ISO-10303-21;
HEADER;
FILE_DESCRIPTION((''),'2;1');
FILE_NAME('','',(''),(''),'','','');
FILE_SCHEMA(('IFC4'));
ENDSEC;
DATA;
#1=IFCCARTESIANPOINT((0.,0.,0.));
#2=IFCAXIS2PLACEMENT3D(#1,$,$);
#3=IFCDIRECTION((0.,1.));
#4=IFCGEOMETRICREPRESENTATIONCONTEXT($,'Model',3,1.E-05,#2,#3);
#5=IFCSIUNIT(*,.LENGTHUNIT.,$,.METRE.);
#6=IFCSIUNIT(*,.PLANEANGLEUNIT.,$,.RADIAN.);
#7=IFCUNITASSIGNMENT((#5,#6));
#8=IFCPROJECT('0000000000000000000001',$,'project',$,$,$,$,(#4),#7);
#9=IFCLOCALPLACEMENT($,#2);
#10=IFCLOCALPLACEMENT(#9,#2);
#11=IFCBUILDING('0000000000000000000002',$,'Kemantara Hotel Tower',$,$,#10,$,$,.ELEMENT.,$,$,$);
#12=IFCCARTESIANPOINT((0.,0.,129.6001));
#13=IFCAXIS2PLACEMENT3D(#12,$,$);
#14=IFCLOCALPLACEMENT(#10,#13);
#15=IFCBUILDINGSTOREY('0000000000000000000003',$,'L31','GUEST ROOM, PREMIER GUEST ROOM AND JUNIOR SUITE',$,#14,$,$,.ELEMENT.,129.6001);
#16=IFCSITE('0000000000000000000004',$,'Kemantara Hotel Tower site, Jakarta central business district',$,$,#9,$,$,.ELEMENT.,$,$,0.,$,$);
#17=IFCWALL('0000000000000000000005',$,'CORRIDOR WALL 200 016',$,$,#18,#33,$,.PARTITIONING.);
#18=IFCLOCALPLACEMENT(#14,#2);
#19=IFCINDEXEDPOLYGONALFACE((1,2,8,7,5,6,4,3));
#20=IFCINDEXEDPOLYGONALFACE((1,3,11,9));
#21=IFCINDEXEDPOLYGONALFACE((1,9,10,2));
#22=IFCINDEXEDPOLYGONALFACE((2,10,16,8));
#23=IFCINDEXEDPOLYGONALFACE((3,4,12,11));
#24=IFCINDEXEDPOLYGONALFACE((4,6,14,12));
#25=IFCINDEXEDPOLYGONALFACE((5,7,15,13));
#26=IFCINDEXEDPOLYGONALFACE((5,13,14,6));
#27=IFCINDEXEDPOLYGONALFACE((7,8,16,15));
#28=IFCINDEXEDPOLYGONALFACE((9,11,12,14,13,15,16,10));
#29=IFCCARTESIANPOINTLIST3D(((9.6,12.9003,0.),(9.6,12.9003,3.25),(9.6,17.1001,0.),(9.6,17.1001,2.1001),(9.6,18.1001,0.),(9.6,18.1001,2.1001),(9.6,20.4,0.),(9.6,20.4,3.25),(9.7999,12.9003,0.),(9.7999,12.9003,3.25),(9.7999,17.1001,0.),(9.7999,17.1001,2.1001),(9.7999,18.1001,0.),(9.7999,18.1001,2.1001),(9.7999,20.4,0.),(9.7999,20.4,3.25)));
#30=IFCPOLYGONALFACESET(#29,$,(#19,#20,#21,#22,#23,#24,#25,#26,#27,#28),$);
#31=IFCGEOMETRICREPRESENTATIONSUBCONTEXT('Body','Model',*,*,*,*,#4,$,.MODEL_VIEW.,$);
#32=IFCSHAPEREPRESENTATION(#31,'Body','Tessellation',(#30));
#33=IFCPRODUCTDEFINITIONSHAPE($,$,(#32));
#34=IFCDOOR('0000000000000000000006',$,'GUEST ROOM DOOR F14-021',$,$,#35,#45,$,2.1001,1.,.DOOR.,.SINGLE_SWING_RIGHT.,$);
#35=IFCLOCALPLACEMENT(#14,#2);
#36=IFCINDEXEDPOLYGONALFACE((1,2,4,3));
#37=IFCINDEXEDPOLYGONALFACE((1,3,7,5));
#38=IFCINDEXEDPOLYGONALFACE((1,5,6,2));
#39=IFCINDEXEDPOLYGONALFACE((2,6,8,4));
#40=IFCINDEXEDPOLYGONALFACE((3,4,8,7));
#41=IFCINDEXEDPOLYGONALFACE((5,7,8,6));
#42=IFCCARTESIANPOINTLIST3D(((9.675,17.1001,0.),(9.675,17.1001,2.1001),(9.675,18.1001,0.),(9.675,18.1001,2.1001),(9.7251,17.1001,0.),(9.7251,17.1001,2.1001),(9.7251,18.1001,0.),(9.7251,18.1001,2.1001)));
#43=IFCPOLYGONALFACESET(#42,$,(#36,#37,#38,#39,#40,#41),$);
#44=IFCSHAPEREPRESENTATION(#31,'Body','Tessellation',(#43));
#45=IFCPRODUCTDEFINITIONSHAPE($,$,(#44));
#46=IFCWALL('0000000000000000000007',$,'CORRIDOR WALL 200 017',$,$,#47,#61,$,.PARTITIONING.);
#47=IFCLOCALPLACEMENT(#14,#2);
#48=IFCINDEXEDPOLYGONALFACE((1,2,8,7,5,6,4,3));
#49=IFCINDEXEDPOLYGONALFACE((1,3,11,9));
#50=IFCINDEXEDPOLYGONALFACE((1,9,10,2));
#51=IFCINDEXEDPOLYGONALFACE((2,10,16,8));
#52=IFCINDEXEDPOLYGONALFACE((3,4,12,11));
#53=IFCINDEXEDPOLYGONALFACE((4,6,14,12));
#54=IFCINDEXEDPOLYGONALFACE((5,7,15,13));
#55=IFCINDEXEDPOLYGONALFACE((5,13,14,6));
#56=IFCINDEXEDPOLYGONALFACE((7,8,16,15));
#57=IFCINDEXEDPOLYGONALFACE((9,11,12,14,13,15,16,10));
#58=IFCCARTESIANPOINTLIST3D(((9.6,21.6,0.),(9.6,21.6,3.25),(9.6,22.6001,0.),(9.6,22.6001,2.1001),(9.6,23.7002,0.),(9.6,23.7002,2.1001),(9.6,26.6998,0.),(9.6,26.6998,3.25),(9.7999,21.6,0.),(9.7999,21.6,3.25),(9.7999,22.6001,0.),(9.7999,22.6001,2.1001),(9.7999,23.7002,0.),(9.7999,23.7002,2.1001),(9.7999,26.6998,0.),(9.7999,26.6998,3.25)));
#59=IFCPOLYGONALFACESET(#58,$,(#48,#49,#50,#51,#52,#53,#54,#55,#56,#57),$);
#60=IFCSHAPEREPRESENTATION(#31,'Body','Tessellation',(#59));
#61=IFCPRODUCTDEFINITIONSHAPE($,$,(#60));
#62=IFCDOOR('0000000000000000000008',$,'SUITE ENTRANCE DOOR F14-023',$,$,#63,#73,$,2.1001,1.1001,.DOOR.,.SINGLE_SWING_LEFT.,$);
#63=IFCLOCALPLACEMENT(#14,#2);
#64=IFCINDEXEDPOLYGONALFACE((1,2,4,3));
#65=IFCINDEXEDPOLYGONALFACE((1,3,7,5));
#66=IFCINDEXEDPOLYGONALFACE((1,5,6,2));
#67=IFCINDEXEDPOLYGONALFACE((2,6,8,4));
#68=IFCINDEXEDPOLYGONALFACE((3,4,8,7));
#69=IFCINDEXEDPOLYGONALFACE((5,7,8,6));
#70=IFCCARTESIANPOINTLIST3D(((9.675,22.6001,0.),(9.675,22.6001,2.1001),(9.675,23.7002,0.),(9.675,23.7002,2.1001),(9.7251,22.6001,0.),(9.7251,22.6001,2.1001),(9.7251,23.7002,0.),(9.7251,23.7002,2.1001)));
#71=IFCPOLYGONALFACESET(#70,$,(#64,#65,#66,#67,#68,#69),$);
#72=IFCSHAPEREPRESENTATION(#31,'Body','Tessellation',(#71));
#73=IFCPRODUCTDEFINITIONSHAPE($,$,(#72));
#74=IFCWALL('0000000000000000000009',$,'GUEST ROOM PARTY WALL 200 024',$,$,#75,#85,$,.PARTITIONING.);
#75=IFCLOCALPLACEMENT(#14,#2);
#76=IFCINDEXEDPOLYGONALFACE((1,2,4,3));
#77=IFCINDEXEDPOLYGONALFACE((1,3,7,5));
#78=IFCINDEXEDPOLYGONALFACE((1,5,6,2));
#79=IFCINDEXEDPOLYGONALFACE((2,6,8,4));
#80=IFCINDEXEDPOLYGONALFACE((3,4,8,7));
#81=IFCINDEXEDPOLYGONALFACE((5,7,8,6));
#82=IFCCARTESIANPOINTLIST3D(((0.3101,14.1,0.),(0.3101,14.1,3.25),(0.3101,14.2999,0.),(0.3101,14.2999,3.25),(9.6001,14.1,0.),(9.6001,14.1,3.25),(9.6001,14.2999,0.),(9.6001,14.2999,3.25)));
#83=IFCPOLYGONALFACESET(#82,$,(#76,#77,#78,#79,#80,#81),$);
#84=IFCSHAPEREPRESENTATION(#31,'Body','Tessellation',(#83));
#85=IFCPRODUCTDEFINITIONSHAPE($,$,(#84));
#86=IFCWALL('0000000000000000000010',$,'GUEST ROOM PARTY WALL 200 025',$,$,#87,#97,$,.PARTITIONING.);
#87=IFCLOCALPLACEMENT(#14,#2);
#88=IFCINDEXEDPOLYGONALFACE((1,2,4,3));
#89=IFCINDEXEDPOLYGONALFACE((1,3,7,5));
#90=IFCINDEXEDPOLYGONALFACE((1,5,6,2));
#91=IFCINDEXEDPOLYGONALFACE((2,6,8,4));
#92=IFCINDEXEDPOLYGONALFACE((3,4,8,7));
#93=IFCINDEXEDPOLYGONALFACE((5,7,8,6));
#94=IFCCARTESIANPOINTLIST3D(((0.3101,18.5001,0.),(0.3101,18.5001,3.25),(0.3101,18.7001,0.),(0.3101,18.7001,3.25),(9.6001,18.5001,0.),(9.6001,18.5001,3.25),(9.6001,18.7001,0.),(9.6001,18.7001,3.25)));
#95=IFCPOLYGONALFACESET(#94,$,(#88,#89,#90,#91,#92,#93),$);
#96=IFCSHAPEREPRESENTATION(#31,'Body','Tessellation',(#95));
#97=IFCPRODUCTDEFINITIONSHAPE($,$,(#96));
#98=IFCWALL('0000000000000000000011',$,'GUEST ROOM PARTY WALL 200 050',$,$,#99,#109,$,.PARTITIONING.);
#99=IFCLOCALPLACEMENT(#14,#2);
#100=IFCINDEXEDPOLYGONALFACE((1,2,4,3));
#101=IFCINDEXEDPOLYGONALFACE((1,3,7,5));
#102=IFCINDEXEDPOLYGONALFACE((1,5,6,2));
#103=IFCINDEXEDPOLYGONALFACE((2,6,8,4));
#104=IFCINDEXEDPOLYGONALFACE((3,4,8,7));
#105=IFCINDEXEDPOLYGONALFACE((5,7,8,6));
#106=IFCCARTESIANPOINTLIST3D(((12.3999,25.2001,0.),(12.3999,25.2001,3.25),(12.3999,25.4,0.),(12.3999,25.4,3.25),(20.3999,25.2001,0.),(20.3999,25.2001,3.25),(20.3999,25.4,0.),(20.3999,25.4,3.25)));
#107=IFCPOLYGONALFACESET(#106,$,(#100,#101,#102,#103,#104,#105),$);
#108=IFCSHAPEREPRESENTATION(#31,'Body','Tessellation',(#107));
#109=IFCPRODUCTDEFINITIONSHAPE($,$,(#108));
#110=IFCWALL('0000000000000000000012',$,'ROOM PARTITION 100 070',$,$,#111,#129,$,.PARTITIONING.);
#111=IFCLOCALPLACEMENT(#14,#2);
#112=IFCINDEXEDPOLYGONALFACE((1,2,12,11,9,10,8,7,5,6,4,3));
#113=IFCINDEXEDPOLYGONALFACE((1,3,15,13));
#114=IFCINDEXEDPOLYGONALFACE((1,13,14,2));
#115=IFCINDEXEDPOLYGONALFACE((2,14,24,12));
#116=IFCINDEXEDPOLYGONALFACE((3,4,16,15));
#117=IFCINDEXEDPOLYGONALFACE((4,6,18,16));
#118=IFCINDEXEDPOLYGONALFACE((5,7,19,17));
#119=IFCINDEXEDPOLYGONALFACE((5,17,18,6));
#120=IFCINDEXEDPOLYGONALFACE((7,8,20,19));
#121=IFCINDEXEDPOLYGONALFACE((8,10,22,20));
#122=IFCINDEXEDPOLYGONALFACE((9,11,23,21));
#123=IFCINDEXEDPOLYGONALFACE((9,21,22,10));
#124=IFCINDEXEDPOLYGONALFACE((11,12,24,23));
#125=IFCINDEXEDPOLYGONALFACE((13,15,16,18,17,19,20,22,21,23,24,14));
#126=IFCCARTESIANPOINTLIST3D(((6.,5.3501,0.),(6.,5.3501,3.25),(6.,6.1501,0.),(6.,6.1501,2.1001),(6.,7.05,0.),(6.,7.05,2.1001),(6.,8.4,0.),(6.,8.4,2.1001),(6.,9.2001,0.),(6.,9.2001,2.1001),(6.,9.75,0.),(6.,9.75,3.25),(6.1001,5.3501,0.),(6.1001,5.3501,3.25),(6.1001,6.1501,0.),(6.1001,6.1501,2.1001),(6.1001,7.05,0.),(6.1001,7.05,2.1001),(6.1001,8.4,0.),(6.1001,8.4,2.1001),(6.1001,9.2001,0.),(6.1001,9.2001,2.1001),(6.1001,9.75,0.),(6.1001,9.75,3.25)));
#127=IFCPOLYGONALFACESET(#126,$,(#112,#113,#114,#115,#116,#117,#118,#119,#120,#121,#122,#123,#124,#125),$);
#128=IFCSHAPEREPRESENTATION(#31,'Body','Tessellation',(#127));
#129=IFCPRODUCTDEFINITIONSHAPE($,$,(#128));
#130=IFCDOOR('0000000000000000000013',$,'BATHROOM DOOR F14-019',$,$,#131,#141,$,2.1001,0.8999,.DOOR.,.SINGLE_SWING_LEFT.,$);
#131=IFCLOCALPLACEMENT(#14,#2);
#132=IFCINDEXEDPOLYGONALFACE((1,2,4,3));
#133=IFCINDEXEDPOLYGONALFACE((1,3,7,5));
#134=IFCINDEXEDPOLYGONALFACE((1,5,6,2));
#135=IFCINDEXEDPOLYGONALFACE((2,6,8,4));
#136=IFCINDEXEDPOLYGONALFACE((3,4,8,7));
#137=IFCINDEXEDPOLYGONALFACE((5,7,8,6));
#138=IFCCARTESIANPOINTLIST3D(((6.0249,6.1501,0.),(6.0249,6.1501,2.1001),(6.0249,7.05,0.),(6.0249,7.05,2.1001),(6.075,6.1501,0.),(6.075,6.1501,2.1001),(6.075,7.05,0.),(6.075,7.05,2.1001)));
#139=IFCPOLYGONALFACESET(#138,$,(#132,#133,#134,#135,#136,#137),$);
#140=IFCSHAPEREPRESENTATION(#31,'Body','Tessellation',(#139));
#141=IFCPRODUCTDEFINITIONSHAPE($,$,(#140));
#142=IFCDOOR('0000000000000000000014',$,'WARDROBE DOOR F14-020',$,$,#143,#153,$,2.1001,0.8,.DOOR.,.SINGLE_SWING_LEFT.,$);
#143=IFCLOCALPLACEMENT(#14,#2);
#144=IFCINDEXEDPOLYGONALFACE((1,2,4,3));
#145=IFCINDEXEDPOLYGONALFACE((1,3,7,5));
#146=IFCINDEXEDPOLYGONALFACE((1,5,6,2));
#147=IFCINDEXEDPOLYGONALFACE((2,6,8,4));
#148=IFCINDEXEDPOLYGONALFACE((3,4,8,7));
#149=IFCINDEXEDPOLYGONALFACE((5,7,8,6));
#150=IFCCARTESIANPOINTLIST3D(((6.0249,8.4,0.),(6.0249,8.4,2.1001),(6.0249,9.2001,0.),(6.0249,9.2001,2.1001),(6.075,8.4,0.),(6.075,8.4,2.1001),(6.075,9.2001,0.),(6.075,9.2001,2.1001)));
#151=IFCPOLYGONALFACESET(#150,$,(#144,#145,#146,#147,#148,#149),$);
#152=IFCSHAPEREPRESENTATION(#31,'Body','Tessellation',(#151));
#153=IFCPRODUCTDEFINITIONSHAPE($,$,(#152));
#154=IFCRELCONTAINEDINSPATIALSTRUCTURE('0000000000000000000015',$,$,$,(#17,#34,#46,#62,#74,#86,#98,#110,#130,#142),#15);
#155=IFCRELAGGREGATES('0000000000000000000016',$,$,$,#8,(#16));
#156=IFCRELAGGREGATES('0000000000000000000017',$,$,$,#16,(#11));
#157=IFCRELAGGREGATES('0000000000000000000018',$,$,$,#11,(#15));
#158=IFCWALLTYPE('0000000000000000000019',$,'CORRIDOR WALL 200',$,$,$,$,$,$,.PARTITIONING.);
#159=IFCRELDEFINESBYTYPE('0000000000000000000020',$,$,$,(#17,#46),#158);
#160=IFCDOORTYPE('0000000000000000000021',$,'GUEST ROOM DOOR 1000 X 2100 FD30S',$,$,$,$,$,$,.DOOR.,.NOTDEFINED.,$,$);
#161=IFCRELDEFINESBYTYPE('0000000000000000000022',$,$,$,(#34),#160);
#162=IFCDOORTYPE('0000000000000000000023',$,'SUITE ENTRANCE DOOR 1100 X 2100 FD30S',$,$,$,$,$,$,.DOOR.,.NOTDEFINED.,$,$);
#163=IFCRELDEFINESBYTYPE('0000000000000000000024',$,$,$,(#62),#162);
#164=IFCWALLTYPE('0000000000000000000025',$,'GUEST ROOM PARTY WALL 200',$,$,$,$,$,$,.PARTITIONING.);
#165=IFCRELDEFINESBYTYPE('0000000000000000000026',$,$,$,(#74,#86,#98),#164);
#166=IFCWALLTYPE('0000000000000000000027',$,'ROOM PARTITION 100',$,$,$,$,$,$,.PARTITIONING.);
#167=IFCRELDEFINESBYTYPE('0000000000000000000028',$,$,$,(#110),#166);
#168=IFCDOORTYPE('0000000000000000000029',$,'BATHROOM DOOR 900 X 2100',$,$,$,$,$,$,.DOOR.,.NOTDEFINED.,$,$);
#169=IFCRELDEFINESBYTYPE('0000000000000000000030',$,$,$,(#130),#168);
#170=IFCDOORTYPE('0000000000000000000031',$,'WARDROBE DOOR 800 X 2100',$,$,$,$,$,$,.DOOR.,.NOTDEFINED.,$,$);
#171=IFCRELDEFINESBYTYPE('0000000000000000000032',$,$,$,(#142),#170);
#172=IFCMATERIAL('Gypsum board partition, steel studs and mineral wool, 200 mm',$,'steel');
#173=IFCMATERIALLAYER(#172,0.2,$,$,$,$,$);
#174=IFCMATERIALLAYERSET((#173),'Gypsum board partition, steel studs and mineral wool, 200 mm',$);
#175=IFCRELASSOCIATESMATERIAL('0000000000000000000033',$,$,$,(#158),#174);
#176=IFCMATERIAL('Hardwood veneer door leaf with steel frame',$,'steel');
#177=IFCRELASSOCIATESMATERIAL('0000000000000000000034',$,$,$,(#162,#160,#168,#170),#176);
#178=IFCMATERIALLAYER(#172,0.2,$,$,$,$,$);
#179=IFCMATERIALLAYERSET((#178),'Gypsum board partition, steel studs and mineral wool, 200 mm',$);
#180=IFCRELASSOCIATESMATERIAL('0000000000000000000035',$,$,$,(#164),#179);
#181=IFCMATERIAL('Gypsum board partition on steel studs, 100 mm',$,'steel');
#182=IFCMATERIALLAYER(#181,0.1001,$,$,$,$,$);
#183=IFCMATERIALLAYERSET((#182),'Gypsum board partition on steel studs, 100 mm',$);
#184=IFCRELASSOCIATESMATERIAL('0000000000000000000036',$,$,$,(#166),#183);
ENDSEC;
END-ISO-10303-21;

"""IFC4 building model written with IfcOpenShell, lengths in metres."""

from ifc_helpers import new_model, si_unit, direction, frame, frame_2d, origin, place, context, subcontext, project, spatial, rectangle, extrude, material, layer, layer_set, type_object, element, fill, save


model = new_model("IFC4")

# Units and contexts
model_context = context("Model", 3, precision=1e-05, world=origin(), true_north=direction((0.0, 1.0)))
body_context = subcontext(model_context, "Body", "Model", "MODEL_VIEW")
ifc_project = project(units=[si_unit("LENGTHUNIT", "METRE"), si_unit("PLANEANGLEUNIT", "RADIAN")], contexts=[model_context])

# Site, building, storey
site_placement = place(None, origin())
site = spatial("IfcSite", under=ifc_project, at=site_placement, Name="Kemantara Hotel Tower site, Jakarta central business district", CompositionType="ELEMENT", RefElevation=0.0)
building_placement = place(site_placement, origin())
building = spatial("IfcBuilding", under=site, at=building_placement, Name="Kemantara Hotel Tower", CompositionType="ELEMENT")
storey_placement = place(building_placement, frame((0.0, 0.0, 129.6001)))
storey = spatial("IfcBuildingStorey", under=building, at=storey_placement, Name="L31", Description="GUEST ROOM, PREMIER GUEST ROOM AND JUNIOR SUITE", CompositionType="ELEMENT", Elevation=129.6001)

# Walls, openings, doors
ifc_material_1 = material(Name="Gypsum board partition, steel studs and mineral wool, 200 mm", Category="steel")
ifc_layer_1 = layer(ifc_material_1, 0.2)
ifc_layer_set_1 = layer_set([ifc_layer_1], Name="Gypsum board partition, steel studs and mineral wool, 200 mm")
wall_type_1 = type_object("IfcWallType", Name="CORRIDOR WALL 200", PredefinedType="PARTITIONING", material=ifc_layer_set_1)
ifc_material_2 = material(Name="Hardwood veneer door leaf with steel frame", Category="steel")
door_type_1 = type_object("IfcDoorType", Name="SUITE ENTRANCE DOOR 1100 X 2100 FD30S", OperationType="NOTDEFINED", PredefinedType="DOOR", material=ifc_material_2)
wall_1_placement = place(storey_placement, frame((9.7, 12.9001, 0.0), z_axis=(0.0, 0.0, 1.0), x_axis=(0.0, 1.0, 0.0)))
wall_1 = element("IfcWall", 1, at=wall_1_placement, inside=storey, type_object=wall_type_1, Name="CORRIDOR WALL 200 016", PredefinedType="PARTITIONING", context=body_context, shape_type="SweptSolid", body=[
    extrude(rectangle(XDim=7.4998, YDim=0.2, at=frame_2d((3.75, 0.0))), origin(), (0.0, 0.0, 1.0), 3.25),
])
opening_1_placement = place(wall_1_placement, frame((4.2, 0.0, 0.0)))
opening_1 = element("IfcOpeningElement", 2, at=opening_1_placement, cuts=wall_1, PredefinedType="OPENING", context=body_context, shape_type="SweptSolid", body=[
    extrude(rectangle(XDim=1.0, YDim=2.1001, at=frame_2d((0.5, 1.05))), frame((0.0, 0.1099, 0.0), z_axis=(0.0, -1.0, 0.0), x_axis=(1.0, 0.0, 0.0)), (0.0, 0.0, 1.0), 0.22),
])
door_type_2 = type_object("IfcDoorType", Name="GUEST ROOM DOOR 1000 X 2100 FD30S", OperationType="NOTDEFINED", PredefinedType="DOOR", material=ifc_material_2)
door_1_placement = place(opening_1_placement, origin())
door_1 = element("IfcDoor", 3, at=door_1_placement, inside=storey, type_object=door_type_2, Name="GUEST ROOM DOOR F14-021", OperationType="SINGLE_SWING_RIGHT", OverallHeight=2.1001, OverallWidth=1.0, PredefinedType="DOOR", context=body_context, shape_type="SweptSolid", body=[
    extrude(rectangle(XDim=1.0, YDim=2.1001, at=frame_2d((0.5, 1.05))), frame((0.0, 0.0249, 0.0), z_axis=(0.0, -1.0, 0.0), x_axis=(1.0, 0.0, 0.0)), (0.0, 0.0, 1.0), 0.05),
])
fill(opening_1, door_1)
wall_2_placement = place(storey_placement, frame((9.7, 21.6001, 0.0), z_axis=(0.0, 0.0, 1.0), x_axis=(0.0, 1.0, 0.0)))
wall_2 = element("IfcWall", 4, at=wall_2_placement, inside=storey, type_object=wall_type_1, Name="CORRIDOR WALL 200 017", PredefinedType="PARTITIONING", context=body_context, shape_type="SweptSolid", body=[
    extrude(rectangle(XDim=5.0999, YDim=0.2, at=frame_2d((2.5498, 0.0))), origin(), (0.0, 0.0, 1.0), 3.25),
])
opening_2_placement = place(wall_2_placement, frame((1.0, 0.0, 0.0)))
opening_2 = element("IfcOpeningElement", 5, at=opening_2_placement, cuts=wall_2, PredefinedType="OPENING", context=body_context, shape_type="SweptSolid", body=[
    extrude(rectangle(XDim=1.1001, YDim=2.1001, at=frame_2d((0.55, 1.05))), frame((0.0, 0.1099, 0.0), z_axis=(0.0, -1.0, 0.0), x_axis=(1.0, 0.0, 0.0)), (0.0, 0.0, 1.0), 0.22),
])
door_2_placement = place(opening_2_placement, origin())
door_2 = element("IfcDoor", 6, at=door_2_placement, inside=storey, type_object=door_type_1, Name="SUITE ENTRANCE DOOR F14-023", OperationType="SINGLE_SWING_LEFT", OverallHeight=2.1001, OverallWidth=1.1001, PredefinedType="DOOR", context=body_context, shape_type="SweptSolid", body=[
    extrude(rectangle(XDim=1.1001, YDim=2.1001, at=frame_2d((0.55, 1.05))), frame((0.0, 0.0249, 0.0), z_axis=(0.0, -1.0, 0.0), x_axis=(1.0, 0.0, 0.0)), (0.0, 0.0, 1.0), 0.05),
])
fill(opening_2, door_2)

# Walls
ifc_layer_2 = layer(ifc_material_1, 0.2)
ifc_layer_set_2 = layer_set([ifc_layer_2], Name="Gypsum board partition, steel studs and mineral wool, 200 mm")
wall_type_2 = type_object("IfcWallType", Name="GUEST ROOM PARTY WALL 200", PredefinedType="PARTITIONING", material=ifc_layer_set_2)
for number, where, z_axis, x_axis, name in (
    (7, (0.3101, 14.2, 0.0), (0.0, 0.0, 1.0), (1.0, 0.0, 0.0), "GUEST ROOM PARTY WALL 200 024"),
    (8, (0.3101, 18.6001, 0.0), (0.0, 0.0, 1.0), (1.0, 0.0, 0.0), "GUEST ROOM PARTY WALL 200 025"),
):
    element("IfcWall", number, at=place(storey_placement, frame(where, z_axis=z_axis, x_axis=x_axis)), inside=storey, type_object=wall_type_2, Name=name, PredefinedType="PARTITIONING", context=body_context, shape_type="SweptSolid", body=[
        extrude(rectangle(XDim=9.29, YDim=0.2, at=frame_2d((4.645, 0.0))), origin(), (0.0, 0.0, 1.0), 3.25),
    ])
wall_3_placement = place(storey_placement, frame((12.3999, 25.3, 0.0), z_axis=(0.0, 0.0, 1.0), x_axis=(1.0, 0.0, 0.0)))
element("IfcWall", 9, at=wall_3_placement, inside=storey, type_object=wall_type_2, Name="GUEST ROOM PARTY WALL 200 050", PredefinedType="PARTITIONING", context=body_context, shape_type="SweptSolid", body=[
    extrude(rectangle(XDim=8.0, YDim=0.2, at=frame_2d((4.0, 0.0))), origin(), (0.0, 0.0, 1.0), 3.25),
])

# Wall, openings, doors
ifc_material_3 = material(Name="Gypsum board partition on steel studs, 100 mm", Category="steel")
ifc_layer_3 = layer(ifc_material_3, 0.1001)
ifc_layer_set_3 = layer_set([ifc_layer_3], Name="Gypsum board partition on steel studs, 100 mm")
wall_type_3 = type_object("IfcWallType", Name="ROOM PARTITION 100", PredefinedType="PARTITIONING", material=ifc_layer_set_3)
wall_4_placement = place(storey_placement, frame((6.05, 9.75, 0.0), z_axis=(0.0, 0.0, 1.0), x_axis=(0.0, -1.0, 0.0)))
wall_4 = element("IfcWall", 10, at=wall_4_placement, inside=storey, type_object=wall_type_3, Name="ROOM PARTITION 100 070", PredefinedType="PARTITIONING", context=body_context, shape_type="SweptSolid", body=[
    extrude(rectangle(XDim=4.3999, YDim=0.1001, at=frame_2d((2.2, 0.0))), origin(), (0.0, 0.0, 1.0), 3.25),
])
opening_3_placement = place(wall_4_placement, frame((2.7, 0.0, 0.0)))
opening_3 = element("IfcOpeningElement", 11, at=opening_3_placement, cuts=wall_4, PredefinedType="OPENING", context=body_context, shape_type="SweptSolid", body=[
    extrude(rectangle(XDim=0.8999, YDim=2.1001, at=frame_2d((0.45, 1.05))), frame((0.0, 0.0601, 0.0), z_axis=(0.0, -1.0, 0.0), x_axis=(1.0, 0.0, 0.0)), (0.0, 0.0, 1.0), 0.1201),
])
opening_4_placement = place(wall_4_placement, frame((0.55, 0.0, 0.0)))
opening_4 = element("IfcOpeningElement", 12, at=opening_4_placement, cuts=wall_4, PredefinedType="OPENING", context=body_context, shape_type="SweptSolid", body=[
    extrude(rectangle(XDim=0.8, YDim=2.1001, at=frame_2d((0.3999, 1.05))), frame((0.0, 0.0601, 0.0), z_axis=(0.0, -1.0, 0.0), x_axis=(1.0, 0.0, 0.0)), (0.0, 0.0, 1.0), 0.1201),
])
door_type_3 = type_object("IfcDoorType", Name="BATHROOM DOOR 900 X 2100", OperationType="NOTDEFINED", PredefinedType="DOOR", material=ifc_material_2)
door_3_placement = place(opening_3_placement, origin())
door_3 = element("IfcDoor", 13, at=door_3_placement, inside=storey, type_object=door_type_3, Name="BATHROOM DOOR F14-019", OperationType="SINGLE_SWING_LEFT", OverallHeight=2.1001, OverallWidth=0.8999, PredefinedType="DOOR", context=body_context, shape_type="SweptSolid", body=[
    extrude(rectangle(XDim=0.8999, YDim=2.1001, at=frame_2d((0.45, 1.05))), frame((0.0, 0.0249, 0.0), z_axis=(0.0, -1.0, 0.0), x_axis=(1.0, 0.0, 0.0)), (0.0, 0.0, 1.0), 0.05),
])
fill(opening_3, door_3)
door_type_4 = type_object("IfcDoorType", Name="WARDROBE DOOR 800 X 2100", OperationType="NOTDEFINED", PredefinedType="DOOR", material=ifc_material_2)
door_4_placement = place(opening_4_placement, origin())
door_4 = element("IfcDoor", 14, at=door_4_placement, inside=storey, type_object=door_type_4, Name="WARDROBE DOOR F14-020", OperationType="SINGLE_SWING_LEFT", OverallHeight=2.1001, OverallWidth=0.8, PredefinedType="DOOR", context=body_context, shape_type="SweptSolid", body=[
    extrude(rectangle(XDim=0.8, YDim=2.1001, at=frame_2d((0.3999, 1.05))), frame((0.0, 0.0249, 0.0), z_axis=(0.0, -1.0, 0.0), x_axis=(1.0, 0.0, 0.0)), (0.0, 0.0, 1.0), 0.05),
])
fill(opening_4, door_4)

save(model, "model.ifc")
